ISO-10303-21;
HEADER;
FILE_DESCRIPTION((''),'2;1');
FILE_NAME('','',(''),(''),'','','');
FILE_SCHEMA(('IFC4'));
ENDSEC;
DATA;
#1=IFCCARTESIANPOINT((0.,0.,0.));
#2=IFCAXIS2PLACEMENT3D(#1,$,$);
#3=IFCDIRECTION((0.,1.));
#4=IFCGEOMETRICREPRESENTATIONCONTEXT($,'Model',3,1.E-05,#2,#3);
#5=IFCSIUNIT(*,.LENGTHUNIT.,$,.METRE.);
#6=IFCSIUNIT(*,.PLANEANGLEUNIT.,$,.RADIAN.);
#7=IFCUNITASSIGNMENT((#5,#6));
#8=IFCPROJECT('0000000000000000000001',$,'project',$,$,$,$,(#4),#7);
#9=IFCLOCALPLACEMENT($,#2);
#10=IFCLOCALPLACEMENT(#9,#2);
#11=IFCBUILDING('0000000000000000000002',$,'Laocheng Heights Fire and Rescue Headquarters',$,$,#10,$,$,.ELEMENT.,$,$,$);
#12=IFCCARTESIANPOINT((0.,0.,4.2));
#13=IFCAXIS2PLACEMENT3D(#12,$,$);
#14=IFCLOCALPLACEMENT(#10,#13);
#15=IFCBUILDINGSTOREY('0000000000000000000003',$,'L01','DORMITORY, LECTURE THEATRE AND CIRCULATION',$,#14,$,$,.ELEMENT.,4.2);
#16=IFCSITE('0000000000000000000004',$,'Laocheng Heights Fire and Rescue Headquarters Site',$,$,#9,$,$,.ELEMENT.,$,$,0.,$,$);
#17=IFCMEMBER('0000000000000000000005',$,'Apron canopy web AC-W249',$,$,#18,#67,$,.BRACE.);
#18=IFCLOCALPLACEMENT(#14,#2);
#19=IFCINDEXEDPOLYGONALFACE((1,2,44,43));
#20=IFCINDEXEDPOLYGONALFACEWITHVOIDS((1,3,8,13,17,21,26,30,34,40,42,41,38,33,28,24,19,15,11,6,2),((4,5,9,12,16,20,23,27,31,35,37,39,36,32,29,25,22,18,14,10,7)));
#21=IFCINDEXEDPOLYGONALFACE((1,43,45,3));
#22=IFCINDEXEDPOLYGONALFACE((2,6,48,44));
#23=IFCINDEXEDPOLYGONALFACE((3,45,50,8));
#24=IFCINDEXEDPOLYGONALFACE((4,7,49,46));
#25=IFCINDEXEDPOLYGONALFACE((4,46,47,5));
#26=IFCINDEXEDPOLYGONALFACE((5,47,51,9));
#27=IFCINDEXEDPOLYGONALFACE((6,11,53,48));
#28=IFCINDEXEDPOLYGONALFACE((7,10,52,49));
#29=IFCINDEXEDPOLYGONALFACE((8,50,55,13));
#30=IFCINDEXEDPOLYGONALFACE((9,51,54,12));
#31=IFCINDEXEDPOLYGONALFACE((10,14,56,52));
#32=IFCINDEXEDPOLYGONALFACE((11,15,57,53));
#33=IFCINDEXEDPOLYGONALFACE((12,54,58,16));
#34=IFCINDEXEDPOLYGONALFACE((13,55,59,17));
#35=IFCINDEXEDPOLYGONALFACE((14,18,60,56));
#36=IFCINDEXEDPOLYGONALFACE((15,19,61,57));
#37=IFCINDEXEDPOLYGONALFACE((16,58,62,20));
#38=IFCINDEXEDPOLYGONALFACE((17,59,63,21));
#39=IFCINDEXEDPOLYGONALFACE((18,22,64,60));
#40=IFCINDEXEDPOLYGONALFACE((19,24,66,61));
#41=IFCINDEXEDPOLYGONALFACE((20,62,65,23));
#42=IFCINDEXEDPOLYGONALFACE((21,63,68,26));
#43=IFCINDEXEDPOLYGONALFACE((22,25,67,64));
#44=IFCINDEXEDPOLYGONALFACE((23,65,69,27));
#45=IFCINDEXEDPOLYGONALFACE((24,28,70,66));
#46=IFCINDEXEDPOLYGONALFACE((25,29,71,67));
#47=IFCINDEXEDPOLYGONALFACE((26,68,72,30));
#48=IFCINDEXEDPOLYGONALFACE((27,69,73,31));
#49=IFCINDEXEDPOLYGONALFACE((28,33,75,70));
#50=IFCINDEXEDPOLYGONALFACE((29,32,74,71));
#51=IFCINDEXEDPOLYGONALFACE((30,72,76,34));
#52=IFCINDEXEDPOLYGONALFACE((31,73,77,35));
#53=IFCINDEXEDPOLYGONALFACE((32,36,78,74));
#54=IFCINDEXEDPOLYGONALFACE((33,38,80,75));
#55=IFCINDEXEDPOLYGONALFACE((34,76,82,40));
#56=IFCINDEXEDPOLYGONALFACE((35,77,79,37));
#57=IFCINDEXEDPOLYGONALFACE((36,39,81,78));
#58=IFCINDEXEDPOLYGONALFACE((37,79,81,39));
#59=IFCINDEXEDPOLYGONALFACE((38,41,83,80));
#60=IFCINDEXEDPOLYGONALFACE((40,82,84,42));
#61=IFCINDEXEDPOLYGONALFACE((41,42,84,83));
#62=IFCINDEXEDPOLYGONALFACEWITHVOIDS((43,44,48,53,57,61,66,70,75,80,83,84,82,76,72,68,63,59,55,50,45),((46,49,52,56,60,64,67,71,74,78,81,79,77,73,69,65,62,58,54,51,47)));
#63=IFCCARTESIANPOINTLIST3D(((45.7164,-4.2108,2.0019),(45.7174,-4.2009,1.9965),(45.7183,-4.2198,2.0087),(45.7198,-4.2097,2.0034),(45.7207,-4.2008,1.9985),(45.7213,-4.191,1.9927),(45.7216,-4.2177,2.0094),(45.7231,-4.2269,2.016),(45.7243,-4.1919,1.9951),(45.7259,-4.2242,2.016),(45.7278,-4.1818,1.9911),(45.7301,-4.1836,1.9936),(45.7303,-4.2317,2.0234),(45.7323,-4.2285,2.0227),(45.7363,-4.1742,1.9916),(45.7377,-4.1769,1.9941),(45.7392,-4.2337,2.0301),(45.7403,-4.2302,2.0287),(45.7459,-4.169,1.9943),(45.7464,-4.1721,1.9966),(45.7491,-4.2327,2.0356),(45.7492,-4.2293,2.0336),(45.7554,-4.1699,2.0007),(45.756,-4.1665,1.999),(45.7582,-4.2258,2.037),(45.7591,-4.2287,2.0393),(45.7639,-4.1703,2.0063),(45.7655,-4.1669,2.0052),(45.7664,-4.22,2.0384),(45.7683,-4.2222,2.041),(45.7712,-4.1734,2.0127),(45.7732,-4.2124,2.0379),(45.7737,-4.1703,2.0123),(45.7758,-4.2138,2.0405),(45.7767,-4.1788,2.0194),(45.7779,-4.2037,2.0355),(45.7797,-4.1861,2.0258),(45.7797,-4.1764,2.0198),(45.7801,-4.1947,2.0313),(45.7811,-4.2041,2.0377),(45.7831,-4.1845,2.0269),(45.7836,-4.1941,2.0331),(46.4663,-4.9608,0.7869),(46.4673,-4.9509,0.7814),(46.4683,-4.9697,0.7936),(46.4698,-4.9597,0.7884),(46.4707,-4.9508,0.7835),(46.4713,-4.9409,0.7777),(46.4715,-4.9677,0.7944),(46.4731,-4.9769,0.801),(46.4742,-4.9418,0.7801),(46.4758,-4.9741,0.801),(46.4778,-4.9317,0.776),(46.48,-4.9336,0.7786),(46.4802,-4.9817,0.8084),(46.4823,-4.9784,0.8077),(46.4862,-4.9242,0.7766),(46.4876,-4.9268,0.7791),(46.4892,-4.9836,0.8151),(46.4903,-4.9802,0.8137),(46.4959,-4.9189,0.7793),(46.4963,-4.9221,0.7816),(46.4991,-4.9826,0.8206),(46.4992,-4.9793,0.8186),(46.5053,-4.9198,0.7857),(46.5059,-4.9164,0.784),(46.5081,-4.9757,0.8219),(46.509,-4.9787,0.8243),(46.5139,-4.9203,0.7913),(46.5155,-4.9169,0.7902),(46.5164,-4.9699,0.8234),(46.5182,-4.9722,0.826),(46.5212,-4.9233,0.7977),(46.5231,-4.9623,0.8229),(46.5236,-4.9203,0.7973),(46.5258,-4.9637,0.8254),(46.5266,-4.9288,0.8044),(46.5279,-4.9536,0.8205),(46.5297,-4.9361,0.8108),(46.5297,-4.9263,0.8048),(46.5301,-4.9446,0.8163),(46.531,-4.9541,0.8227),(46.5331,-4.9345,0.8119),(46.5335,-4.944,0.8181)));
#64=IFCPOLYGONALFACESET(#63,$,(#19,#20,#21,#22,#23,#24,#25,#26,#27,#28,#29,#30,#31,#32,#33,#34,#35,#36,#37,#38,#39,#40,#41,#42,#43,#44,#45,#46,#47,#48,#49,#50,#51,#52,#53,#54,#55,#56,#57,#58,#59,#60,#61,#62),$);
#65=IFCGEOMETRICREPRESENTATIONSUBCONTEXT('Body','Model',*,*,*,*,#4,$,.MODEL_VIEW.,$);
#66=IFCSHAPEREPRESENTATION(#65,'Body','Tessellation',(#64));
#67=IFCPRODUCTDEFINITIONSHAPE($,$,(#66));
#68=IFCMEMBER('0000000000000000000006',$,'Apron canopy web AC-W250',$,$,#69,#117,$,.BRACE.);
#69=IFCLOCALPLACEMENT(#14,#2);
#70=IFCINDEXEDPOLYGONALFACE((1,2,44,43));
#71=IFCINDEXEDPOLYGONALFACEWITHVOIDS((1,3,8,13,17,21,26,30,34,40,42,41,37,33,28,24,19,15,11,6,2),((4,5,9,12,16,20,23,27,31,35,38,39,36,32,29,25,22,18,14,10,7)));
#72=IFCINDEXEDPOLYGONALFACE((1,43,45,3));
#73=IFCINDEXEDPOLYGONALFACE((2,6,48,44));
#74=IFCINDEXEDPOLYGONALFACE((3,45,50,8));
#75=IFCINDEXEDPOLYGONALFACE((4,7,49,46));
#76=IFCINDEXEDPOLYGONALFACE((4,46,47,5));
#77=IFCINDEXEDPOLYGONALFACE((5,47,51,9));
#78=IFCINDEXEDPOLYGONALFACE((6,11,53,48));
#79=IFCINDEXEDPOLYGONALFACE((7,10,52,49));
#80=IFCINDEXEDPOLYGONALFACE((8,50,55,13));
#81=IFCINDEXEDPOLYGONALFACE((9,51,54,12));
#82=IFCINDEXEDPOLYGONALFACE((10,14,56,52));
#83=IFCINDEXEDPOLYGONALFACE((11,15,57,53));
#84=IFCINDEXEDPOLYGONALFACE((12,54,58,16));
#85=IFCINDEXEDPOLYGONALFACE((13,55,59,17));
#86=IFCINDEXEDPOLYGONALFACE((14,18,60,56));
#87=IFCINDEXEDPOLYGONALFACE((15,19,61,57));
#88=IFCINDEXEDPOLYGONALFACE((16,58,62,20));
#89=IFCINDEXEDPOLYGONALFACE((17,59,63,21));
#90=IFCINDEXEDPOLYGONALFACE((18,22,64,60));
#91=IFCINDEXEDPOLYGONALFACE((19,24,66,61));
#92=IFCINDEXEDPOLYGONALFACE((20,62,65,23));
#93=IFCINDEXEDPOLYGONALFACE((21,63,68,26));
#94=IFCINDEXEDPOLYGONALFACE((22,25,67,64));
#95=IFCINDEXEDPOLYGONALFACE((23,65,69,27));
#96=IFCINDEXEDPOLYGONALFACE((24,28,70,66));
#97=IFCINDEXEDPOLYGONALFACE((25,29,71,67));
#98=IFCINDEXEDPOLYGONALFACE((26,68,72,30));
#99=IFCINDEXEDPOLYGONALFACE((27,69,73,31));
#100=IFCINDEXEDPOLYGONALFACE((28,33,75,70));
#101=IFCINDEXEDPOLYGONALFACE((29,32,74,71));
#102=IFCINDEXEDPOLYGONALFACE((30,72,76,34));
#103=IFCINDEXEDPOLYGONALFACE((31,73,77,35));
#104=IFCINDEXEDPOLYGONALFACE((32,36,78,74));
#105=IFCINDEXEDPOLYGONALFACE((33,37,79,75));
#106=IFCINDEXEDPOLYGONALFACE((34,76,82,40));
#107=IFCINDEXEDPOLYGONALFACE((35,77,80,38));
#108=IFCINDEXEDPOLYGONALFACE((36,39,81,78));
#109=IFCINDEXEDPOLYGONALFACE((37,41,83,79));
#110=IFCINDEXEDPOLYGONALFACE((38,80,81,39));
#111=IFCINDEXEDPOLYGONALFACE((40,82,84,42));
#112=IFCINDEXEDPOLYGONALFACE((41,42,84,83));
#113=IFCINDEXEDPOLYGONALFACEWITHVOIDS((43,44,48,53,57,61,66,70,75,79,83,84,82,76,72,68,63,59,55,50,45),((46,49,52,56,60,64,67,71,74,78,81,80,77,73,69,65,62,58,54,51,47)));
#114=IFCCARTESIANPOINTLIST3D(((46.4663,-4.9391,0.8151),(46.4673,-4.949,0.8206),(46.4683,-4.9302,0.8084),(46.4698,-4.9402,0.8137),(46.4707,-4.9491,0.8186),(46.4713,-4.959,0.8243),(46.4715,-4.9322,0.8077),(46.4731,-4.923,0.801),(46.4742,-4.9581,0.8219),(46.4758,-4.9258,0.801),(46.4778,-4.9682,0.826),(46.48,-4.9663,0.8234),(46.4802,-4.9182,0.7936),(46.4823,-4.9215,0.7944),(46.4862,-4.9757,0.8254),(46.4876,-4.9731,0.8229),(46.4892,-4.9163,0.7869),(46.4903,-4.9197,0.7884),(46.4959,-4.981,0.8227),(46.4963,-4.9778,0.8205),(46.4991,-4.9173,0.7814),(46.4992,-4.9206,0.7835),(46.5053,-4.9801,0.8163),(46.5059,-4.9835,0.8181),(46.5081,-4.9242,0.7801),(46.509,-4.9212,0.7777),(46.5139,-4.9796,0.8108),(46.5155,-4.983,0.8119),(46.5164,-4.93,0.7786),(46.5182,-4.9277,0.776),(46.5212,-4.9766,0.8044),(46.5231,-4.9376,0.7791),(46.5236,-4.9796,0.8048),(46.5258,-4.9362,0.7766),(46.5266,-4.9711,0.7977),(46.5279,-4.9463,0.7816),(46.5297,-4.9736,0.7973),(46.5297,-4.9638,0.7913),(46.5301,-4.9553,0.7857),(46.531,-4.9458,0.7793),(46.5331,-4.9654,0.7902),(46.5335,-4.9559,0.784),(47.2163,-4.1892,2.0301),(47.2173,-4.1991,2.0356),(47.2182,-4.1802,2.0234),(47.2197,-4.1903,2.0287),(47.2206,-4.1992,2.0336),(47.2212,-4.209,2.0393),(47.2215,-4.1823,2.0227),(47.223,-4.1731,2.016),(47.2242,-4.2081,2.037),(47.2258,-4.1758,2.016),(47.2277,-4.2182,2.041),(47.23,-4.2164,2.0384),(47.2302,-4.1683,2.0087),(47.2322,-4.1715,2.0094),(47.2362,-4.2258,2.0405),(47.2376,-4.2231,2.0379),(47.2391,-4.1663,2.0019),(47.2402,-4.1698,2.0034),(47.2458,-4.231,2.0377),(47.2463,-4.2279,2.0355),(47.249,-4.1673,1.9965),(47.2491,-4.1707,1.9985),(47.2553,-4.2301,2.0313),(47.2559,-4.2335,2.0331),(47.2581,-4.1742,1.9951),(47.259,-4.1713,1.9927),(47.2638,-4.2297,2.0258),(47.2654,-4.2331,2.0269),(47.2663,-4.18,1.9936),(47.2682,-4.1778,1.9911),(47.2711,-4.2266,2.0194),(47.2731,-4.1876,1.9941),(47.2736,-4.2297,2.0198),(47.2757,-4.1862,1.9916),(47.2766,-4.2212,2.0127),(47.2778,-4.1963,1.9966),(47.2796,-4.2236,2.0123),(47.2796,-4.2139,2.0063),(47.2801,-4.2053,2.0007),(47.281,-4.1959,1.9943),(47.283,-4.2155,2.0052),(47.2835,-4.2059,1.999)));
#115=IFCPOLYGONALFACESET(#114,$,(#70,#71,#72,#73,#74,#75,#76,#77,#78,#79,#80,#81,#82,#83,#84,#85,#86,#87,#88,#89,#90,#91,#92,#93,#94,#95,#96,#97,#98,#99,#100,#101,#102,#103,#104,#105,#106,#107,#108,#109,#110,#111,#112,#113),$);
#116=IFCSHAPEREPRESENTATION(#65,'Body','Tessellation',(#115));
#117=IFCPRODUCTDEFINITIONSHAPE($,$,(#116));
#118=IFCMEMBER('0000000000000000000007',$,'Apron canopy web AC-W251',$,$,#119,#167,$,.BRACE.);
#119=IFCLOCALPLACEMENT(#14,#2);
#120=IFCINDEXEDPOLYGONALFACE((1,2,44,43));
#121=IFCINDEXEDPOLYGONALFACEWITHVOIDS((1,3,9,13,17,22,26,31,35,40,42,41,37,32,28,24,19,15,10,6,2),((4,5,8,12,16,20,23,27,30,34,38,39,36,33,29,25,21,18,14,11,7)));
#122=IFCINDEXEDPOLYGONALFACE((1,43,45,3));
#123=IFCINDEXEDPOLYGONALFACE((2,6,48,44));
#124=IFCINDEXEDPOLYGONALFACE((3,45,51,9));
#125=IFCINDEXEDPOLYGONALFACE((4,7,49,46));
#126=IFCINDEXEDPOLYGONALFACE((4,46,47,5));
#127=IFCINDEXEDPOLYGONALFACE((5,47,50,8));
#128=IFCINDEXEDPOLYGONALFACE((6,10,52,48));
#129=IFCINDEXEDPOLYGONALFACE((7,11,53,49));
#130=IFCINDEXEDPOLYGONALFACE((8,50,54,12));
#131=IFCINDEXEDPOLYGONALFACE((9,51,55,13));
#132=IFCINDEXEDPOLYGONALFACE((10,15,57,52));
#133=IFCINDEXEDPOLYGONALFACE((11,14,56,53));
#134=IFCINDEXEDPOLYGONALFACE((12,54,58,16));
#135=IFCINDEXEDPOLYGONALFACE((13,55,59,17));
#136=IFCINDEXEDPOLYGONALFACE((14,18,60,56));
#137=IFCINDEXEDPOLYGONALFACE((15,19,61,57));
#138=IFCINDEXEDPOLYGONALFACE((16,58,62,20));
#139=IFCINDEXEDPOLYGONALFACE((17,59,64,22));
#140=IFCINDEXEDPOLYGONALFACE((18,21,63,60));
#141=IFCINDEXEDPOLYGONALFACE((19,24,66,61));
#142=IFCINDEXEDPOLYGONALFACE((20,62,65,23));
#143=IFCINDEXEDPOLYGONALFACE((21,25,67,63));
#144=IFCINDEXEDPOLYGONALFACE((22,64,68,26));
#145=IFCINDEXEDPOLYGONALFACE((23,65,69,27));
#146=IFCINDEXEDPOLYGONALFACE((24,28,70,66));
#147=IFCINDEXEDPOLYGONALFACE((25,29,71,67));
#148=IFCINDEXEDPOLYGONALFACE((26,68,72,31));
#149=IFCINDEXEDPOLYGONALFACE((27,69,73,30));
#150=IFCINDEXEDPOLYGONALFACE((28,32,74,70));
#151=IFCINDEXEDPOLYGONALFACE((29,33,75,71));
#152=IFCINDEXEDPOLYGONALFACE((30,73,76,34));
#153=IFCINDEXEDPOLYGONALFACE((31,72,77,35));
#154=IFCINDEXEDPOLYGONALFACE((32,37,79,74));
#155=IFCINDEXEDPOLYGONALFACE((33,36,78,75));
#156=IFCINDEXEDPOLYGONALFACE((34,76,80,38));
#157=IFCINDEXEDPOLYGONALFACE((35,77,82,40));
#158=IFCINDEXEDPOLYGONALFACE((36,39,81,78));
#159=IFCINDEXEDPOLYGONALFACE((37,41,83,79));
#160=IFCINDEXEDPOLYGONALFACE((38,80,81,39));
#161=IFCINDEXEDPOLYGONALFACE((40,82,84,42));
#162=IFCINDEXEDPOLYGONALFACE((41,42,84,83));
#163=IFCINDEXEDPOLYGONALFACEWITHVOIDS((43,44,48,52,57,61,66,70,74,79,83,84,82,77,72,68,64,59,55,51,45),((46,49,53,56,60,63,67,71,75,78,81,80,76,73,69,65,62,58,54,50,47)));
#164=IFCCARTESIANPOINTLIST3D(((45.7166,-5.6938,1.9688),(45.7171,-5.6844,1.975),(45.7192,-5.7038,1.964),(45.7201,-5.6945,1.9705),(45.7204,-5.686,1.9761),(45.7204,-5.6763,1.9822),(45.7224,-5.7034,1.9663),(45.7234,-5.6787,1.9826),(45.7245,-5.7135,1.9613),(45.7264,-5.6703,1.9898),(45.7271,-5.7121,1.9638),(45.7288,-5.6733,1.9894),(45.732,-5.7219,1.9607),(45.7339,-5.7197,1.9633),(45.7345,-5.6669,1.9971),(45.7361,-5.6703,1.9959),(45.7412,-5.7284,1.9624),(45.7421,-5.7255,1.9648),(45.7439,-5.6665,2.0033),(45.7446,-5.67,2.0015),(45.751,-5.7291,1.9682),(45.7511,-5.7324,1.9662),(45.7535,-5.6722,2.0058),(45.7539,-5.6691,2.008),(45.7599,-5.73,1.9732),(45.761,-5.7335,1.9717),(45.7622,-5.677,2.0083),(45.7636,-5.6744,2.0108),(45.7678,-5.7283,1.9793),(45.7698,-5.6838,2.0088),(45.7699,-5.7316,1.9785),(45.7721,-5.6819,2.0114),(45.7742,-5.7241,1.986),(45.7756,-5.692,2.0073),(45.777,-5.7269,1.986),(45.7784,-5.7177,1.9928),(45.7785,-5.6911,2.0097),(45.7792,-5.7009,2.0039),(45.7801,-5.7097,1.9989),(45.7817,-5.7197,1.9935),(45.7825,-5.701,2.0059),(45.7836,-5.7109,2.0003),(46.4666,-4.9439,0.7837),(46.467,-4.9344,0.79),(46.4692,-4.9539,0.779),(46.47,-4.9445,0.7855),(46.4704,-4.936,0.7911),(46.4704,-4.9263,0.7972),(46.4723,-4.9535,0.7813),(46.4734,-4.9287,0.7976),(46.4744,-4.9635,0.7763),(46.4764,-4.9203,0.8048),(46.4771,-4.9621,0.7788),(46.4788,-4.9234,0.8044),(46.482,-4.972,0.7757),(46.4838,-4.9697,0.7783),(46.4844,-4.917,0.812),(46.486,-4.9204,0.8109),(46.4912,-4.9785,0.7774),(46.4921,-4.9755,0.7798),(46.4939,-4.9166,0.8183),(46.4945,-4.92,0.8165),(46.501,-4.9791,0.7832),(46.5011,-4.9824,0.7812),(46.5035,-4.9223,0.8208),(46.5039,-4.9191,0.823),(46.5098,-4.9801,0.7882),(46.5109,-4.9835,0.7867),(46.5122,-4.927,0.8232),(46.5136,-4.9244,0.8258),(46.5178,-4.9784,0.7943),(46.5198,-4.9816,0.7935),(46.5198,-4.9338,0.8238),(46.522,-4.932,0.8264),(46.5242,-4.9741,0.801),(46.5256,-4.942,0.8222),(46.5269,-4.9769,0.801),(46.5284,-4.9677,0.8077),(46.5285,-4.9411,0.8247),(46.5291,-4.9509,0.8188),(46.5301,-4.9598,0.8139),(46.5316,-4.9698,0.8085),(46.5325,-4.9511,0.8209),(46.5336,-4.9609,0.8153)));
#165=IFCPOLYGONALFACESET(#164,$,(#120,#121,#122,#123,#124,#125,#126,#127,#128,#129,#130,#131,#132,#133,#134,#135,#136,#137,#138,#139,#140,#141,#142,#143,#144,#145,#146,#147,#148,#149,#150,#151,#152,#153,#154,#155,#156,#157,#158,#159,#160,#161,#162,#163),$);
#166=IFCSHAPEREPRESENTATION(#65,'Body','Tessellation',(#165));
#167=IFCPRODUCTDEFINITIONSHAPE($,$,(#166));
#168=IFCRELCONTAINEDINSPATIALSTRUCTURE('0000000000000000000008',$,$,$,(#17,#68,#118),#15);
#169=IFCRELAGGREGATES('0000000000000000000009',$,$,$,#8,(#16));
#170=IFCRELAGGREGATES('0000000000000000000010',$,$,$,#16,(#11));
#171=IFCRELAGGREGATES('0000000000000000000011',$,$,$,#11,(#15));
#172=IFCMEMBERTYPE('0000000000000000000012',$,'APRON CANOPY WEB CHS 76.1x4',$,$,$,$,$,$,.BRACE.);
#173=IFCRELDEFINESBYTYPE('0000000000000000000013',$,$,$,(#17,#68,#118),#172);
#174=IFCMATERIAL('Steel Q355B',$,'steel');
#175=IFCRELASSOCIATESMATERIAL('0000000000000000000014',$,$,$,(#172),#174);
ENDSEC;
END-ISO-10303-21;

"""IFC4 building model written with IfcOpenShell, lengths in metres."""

from ifc_helpers import new_model, si_unit, direction, frame, origin, origin_2d, place, context, subcontext, project, spatial, hollow_circle, extrude, material, material_profile, profile_set, type_object, element, save


model = new_model("IFC4")

# Units and contexts
model_context = context("Model", 3, precision=1e-05, world=origin(), true_north=direction((0.0, 1.0)))
body_context = subcontext(model_context, "Body", "Model", "MODEL_VIEW")
ifc_project = project(units=[si_unit("LENGTHUNIT", "METRE"), si_unit("PLANEANGLEUNIT", "RADIAN")], contexts=[model_context])

# Site, building, storey
site_placement = place(None, origin())
site = spatial("IfcSite", under=ifc_project, at=site_placement, Name="Laocheng Heights Fire and Rescue Headquarters Site", CompositionType="ELEMENT", RefElevation=0.0)
building_placement = place(site_placement, origin())
building = spatial("IfcBuilding", under=site, at=building_placement, Name="Laocheng Heights Fire and Rescue Headquarters", CompositionType="ELEMENT")
storey_placement = place(building_placement, frame((0.0, 0.0, 4.2)))
storey = spatial("IfcBuildingStorey", under=building, at=storey_placement, Name="L01", Description="DORMITORY, LECTURE THEATRE AND CIRCULATION", CompositionType="ELEMENT", Elevation=4.2)

# Members
ifc_material_1 = material(Name="Steel Q355B", Category="steel")
ifc_material_profile_1 = material_profile(ifc_material_1, hollow_circle(Radius=0.0381, WallThickness=0.0039, at=origin_2d()), Name="CHS 76.1x4")
ifc_profile_set_1 = profile_set([ifc_material_profile_1], Name="Steel Q355B")
member_type_1 = type_object("IfcMemberType", Name="APRON CANOPY WEB CHS 76.1x4", PredefinedType="BRACE", material=ifc_profile_set_1)
for number, where, z_axis, x_axis, name in (
    (1, (46.5, -4.95, 0.801), (-0.465002, 0.465002, 0.753357), (-0.707107, -0.707107, 0.0), "Apron canopy web AC-W249"),
    (2, (46.5, -4.95, 0.801), (0.465002, 0.465002, 0.753357), (-0.707107, 0.707107, 0.0), "Apron canopy web AC-W250"),
):
    element("IfcMember", number, at=place(storey_placement, frame(where, z_axis=z_axis, x_axis=x_axis)), inside=storey, type_object=member_type_1, Name=name, PredefinedType="BRACE", context=body_context, shape_type="SweptSolid", body=[
        extrude(hollow_circle(Radius=0.0381, WallThickness=0.0039, at=origin_2d()), origin(), (0.0, 0.0, 1.0), 1.6128),
    ])
for number, where, z_axis, x_axis, name in (
    (3, (46.5, -4.95, 0.801), (-0.47158, -0.47158, 0.745134), (0.707107, -0.707107, 0.0), "Apron canopy web AC-W251"),
):
    element("IfcMember", number, at=place(storey_placement, frame(where, z_axis=z_axis, x_axis=x_axis)), inside=storey, type_object=member_type_1, Name=name, PredefinedType="BRACE", context=body_context, shape_type="SweptSolid", body=[
        extrude(hollow_circle(Radius=0.0381, WallThickness=0.0039, at=origin_2d()), origin(), (0.0, 0.0, 1.0), 1.5903),
    ])

save(model, "model.ifc")
